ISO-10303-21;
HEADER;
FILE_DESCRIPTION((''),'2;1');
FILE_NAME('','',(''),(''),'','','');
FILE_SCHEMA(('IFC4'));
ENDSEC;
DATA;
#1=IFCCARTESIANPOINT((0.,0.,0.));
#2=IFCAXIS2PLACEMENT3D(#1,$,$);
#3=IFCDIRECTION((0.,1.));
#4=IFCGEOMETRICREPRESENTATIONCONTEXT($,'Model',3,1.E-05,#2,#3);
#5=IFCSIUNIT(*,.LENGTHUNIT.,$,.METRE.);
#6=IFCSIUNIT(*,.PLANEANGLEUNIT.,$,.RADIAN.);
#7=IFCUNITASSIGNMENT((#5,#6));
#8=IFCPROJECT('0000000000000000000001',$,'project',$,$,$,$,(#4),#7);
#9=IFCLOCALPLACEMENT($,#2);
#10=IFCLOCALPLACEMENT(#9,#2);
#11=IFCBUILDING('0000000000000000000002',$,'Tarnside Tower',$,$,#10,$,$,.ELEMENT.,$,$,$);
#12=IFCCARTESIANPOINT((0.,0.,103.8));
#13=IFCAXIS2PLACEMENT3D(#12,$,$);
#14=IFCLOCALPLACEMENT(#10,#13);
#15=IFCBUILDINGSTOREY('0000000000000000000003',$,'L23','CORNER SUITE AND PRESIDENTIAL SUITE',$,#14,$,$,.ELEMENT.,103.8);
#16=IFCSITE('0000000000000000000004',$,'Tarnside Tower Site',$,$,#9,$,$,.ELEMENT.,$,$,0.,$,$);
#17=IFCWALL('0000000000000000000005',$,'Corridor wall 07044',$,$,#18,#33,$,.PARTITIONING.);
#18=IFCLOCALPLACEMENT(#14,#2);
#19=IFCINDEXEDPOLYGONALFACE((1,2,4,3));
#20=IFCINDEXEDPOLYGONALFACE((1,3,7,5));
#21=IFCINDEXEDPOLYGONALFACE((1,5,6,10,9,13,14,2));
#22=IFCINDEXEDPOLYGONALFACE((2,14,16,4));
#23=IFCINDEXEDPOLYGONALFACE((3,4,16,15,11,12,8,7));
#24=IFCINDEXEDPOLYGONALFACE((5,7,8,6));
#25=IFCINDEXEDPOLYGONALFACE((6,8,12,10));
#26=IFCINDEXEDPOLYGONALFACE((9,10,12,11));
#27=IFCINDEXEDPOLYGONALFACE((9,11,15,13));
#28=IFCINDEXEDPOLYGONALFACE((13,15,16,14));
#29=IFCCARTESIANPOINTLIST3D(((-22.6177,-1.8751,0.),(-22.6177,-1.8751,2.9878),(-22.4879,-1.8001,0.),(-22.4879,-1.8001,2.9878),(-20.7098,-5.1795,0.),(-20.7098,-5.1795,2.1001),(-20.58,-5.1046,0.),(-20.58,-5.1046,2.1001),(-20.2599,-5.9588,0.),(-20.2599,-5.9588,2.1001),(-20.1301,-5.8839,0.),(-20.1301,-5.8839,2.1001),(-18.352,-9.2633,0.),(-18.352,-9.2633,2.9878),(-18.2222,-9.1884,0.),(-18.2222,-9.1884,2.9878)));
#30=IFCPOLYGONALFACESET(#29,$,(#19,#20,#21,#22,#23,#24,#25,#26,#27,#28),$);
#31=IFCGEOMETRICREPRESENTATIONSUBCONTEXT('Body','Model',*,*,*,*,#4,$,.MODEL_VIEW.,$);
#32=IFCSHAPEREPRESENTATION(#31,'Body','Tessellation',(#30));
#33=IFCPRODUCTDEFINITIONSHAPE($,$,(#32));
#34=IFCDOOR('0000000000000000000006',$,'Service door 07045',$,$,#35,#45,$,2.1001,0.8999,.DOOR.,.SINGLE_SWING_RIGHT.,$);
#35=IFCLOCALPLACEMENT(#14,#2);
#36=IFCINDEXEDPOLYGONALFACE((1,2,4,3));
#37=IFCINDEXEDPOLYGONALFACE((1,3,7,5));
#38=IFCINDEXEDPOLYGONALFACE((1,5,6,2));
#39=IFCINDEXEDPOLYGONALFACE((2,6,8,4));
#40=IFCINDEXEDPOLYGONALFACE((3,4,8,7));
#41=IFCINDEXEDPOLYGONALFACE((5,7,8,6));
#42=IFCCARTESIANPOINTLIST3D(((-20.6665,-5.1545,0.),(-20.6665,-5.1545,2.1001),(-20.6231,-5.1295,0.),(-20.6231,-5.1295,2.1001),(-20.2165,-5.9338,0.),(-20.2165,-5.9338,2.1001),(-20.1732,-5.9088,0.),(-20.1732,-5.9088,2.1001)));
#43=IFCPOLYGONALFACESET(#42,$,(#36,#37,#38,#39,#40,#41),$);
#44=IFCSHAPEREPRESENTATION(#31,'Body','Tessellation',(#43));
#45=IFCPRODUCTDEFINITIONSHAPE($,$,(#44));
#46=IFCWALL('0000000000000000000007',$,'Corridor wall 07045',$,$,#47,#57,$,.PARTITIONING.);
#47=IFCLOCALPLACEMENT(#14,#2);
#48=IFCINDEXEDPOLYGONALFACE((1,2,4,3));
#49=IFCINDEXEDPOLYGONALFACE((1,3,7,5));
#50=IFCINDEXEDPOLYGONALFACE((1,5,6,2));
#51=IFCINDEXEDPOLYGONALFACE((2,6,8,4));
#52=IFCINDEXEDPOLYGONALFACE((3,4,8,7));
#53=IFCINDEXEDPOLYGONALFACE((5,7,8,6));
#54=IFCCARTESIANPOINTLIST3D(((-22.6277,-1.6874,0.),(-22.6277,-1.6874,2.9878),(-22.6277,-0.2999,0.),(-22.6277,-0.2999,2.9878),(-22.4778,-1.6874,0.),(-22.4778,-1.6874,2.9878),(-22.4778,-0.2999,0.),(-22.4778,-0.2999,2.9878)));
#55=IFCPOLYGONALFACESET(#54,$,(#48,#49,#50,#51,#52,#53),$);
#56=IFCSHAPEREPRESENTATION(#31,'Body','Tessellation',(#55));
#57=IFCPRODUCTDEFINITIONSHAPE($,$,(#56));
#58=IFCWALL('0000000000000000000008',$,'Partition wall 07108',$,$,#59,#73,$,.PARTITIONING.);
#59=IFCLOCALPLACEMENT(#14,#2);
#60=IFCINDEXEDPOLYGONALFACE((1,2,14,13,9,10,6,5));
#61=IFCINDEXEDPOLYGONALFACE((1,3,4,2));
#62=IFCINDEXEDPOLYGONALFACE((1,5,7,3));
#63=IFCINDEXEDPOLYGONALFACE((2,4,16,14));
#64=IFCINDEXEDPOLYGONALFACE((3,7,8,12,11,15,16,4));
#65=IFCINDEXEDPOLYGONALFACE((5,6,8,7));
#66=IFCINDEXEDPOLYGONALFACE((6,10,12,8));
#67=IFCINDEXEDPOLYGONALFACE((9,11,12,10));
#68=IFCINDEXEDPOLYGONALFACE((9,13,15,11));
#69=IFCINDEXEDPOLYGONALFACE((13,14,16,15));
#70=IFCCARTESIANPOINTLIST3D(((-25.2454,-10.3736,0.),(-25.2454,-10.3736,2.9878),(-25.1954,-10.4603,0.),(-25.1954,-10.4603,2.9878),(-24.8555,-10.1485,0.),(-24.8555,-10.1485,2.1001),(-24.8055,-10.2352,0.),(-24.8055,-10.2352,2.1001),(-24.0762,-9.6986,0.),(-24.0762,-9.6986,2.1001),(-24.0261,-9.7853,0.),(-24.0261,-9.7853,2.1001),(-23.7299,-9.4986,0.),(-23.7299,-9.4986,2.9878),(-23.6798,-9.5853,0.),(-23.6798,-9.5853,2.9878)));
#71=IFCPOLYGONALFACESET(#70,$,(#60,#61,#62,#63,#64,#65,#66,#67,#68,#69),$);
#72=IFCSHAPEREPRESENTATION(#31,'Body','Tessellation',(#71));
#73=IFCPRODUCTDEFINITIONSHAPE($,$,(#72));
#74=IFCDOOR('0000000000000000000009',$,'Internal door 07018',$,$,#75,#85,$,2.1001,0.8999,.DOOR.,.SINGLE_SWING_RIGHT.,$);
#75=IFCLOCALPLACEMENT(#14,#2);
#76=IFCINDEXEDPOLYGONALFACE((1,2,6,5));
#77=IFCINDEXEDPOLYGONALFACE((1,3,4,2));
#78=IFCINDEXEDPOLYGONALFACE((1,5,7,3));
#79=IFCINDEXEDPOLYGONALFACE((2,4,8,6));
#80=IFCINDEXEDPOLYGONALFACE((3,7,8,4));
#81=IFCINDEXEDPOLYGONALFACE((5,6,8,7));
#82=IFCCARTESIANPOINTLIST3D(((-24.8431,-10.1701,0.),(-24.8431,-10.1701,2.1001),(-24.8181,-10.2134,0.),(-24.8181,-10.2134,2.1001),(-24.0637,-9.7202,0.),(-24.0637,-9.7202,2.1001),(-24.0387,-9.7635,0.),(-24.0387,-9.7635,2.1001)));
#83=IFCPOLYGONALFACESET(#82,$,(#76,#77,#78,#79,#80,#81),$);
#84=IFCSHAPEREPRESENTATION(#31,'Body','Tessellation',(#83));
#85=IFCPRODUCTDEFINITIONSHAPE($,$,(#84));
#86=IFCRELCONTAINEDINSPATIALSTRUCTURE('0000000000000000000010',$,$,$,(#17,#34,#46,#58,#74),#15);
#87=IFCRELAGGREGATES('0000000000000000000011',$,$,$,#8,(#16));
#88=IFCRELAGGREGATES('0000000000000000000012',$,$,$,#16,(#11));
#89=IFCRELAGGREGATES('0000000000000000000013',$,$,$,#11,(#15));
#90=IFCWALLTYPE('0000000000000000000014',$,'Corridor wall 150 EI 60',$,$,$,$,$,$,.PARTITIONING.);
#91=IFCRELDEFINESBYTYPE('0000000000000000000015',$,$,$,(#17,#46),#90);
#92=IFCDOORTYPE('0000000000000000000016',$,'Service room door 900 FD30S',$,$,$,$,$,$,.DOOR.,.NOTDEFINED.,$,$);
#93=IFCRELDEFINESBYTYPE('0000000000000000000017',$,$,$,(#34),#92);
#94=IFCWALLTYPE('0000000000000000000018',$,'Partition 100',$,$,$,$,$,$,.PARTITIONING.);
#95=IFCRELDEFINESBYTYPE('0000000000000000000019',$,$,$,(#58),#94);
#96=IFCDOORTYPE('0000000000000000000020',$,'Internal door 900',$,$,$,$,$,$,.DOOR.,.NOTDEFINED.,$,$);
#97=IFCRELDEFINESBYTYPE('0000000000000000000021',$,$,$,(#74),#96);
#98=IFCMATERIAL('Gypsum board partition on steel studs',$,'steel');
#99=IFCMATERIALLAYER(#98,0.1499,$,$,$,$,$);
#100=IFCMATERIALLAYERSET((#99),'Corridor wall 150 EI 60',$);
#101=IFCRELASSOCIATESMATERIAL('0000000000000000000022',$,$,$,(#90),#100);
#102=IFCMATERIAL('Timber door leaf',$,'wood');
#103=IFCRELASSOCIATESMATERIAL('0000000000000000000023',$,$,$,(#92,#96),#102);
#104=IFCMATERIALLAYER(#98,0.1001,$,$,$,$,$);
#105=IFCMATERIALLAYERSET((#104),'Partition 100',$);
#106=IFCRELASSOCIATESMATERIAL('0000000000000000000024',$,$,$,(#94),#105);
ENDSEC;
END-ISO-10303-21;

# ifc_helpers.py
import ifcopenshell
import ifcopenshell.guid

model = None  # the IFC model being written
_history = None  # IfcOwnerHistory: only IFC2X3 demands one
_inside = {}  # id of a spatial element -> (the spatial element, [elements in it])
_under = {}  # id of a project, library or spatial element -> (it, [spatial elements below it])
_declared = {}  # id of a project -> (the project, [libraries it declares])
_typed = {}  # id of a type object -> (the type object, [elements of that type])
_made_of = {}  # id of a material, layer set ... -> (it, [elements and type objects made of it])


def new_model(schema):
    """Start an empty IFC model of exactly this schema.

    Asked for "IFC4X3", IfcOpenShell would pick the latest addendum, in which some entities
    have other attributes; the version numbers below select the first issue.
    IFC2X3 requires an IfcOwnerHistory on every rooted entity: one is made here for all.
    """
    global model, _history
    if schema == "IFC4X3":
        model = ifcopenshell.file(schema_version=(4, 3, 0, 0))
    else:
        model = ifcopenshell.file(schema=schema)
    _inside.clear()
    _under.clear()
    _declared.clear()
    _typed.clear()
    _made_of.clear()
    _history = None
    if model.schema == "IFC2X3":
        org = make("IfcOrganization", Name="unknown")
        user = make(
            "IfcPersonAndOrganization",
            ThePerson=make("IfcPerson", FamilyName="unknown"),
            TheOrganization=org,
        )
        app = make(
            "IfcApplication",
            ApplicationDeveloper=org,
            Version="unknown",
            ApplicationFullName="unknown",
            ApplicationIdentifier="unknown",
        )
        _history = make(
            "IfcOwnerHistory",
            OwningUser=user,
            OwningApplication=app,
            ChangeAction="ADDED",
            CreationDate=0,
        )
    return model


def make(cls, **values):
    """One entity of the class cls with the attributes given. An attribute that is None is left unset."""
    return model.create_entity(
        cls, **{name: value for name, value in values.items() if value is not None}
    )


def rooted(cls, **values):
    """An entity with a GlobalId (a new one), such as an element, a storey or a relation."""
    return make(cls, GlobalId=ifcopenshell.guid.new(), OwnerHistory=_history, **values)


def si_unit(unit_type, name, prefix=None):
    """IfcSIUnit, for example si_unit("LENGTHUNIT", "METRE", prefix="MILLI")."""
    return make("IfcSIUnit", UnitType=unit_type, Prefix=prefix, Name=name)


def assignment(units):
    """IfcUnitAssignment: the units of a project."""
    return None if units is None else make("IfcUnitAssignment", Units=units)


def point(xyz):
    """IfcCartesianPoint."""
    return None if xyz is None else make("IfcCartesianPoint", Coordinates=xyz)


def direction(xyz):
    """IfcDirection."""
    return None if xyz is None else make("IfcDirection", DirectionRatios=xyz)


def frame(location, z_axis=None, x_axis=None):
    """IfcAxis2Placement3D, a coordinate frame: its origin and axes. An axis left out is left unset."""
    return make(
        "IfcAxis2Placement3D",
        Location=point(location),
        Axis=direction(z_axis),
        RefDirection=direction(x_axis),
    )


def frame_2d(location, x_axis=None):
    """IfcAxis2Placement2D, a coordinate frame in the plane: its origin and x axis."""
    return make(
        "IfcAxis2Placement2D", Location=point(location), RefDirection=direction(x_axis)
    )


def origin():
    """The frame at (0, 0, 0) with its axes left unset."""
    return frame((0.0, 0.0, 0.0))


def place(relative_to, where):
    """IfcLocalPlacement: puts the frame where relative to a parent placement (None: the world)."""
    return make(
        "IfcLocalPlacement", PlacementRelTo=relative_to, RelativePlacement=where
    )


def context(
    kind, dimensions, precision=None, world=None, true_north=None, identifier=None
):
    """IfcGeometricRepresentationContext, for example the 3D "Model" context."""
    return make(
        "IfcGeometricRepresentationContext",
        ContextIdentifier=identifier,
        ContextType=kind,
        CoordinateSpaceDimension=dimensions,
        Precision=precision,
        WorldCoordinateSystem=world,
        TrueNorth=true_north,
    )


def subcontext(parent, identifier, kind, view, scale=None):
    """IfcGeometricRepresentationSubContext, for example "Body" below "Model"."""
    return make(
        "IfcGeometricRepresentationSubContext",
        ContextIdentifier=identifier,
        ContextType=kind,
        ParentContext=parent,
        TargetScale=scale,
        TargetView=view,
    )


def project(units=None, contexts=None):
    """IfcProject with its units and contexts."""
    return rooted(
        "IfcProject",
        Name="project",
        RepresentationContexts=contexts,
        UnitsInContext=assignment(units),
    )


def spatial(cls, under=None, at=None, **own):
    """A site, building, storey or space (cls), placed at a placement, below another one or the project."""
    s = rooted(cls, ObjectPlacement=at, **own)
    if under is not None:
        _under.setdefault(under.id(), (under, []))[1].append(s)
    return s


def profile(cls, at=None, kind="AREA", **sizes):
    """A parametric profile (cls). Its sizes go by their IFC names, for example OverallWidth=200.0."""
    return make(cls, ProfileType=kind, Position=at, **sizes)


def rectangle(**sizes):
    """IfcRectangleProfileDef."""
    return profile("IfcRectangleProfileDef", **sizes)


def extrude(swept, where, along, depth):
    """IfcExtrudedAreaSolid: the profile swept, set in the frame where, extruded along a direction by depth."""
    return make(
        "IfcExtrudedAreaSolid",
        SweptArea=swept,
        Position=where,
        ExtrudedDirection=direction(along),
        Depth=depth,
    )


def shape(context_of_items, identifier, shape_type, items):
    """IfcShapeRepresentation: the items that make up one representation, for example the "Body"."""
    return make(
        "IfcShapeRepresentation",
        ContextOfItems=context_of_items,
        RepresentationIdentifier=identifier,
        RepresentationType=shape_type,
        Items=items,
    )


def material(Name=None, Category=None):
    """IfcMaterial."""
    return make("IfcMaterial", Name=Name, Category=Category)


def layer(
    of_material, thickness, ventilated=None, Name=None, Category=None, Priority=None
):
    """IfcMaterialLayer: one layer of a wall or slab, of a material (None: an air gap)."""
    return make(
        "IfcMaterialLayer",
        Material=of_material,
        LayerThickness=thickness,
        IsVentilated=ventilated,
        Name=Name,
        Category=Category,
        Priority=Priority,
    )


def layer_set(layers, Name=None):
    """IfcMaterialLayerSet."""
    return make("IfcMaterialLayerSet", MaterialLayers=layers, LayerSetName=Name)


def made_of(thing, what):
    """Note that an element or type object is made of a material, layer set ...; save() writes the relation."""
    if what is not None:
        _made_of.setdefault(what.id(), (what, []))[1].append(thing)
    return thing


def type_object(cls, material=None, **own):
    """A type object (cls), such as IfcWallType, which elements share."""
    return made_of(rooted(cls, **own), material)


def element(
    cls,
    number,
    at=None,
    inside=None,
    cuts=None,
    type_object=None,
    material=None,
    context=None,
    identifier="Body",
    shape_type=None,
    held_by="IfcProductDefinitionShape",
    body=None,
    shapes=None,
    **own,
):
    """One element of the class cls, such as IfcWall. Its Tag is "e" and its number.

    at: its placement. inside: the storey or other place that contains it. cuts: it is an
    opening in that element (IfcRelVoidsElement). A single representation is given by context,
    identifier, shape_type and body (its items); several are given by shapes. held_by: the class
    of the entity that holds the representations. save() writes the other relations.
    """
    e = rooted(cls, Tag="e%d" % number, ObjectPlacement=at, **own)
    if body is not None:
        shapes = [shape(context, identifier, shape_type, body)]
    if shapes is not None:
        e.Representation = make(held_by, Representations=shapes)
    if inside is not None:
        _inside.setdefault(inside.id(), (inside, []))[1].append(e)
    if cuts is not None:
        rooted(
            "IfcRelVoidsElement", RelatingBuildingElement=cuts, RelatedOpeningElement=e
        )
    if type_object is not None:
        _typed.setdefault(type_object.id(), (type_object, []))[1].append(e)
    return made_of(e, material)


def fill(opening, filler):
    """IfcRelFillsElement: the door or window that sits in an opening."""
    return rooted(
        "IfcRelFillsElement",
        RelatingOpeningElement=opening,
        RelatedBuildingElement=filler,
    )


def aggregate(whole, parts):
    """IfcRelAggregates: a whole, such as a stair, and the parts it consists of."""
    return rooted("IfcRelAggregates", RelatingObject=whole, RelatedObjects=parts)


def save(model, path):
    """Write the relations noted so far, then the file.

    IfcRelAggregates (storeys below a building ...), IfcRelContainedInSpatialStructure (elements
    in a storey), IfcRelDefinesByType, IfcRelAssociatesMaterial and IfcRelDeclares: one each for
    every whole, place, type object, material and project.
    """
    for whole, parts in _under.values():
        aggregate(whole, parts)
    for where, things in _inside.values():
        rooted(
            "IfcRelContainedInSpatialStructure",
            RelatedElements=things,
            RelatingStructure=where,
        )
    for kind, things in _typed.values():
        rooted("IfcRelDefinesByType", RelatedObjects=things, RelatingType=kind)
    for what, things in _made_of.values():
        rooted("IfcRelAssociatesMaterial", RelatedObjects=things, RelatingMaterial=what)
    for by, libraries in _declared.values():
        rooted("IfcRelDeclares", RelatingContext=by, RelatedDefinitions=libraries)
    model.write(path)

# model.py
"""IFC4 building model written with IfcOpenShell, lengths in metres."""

from ifc_helpers import new_model, si_unit, direction, frame, frame_2d, origin, place, context, subcontext, project, spatial, rectangle, extrude, material, layer, layer_set, type_object, element, fill, save


model = new_model("IFC4")

# Units and contexts
model_context = context("Model", 3, precision=1e-05, world=origin(), true_north=direction((0.0, 1.0)))
body_context = subcontext(model_context, "Body", "Model", "MODEL_VIEW")
ifc_project = project(units=[si_unit("LENGTHUNIT", "METRE"), si_unit("PLANEANGLEUNIT", "RADIAN")], contexts=[model_context])

# Site, building, storey
site_placement = place(None, origin())
site = spatial("IfcSite", under=ifc_project, at=site_placement, Name="Tarnside Tower Site", CompositionType="ELEMENT", RefElevation=0.0)
building_placement = place(site_placement, origin())
building = spatial("IfcBuilding", under=site, at=building_placement, Name="Tarnside Tower", CompositionType="ELEMENT")
storey_placement = place(building_placement, frame((0.0, 0.0, 103.8)))
storey = spatial("IfcBuildingStorey", under=building, at=storey_placement, Name="L23", Description="CORNER SUITE AND PRESIDENTIAL SUITE", CompositionType="ELEMENT", Elevation=103.8)

# Shared definitions
ifc_material_1 = material(Name="Gypsum board partition on steel studs", Category="steel")

# Shared definitions
ifc_material_2 = material(Name="Timber door leaf", Category="wood")

# Shared definitions
ifc_layer_1 = layer(ifc_material_1, 0.1499)
ifc_layer_set_1 = layer_set([ifc_layer_1], Name="Corridor wall 150 EI 60")
wall_type_1 = type_object("IfcWallType", Name="Corridor wall 150 EI 60", PredefinedType="PARTITIONING", material=ifc_layer_set_1)

# Wall, opening, door
wall_1_placement = place(storey_placement, frame((-18.2871, -9.2258, 0.0), z_axis=(0.0, 0.0, 1.0), x_axis=(-0.500005, 0.866023, 0.0)))
wall_1 = element("IfcWall", 1, at=wall_1_placement, inside=storey, type_object=wall_type_1, Name="Corridor wall 07044", PredefinedType="PARTITIONING", context=body_context, shape_type="SweptSolid", body=[
    extrude(rectangle(XDim=8.5312, YDim=0.1499, at=frame_2d((4.2656, 0.0))), origin(), (0.0, 0.0, 1.0), 2.9878),
])
opening_1_placement = place(wall_1_placement, frame((3.8157, 0.0, 0.0)))
opening_1 = element("IfcOpeningElement", 2, at=opening_1_placement, cuts=wall_1, PredefinedType="OPENING", context=body_context, shape_type="SweptSolid", body=[
    extrude(rectangle(XDim=0.8999, YDim=2.1001, at=frame_2d((0.45, 1.05))), frame((0.0, 0.085, 0.0), z_axis=(0.0, -1.0, 0.0), x_axis=(1.0, 0.0, 0.0)), (0.0, 0.0, 1.0), 0.1699),
])
door_type_1 = type_object("IfcDoorType", Name="Service room door 900 FD30S", OperationType="NOTDEFINED", PredefinedType="DOOR", material=ifc_material_2)
door_1_placement = place(opening_1_placement, origin())
door_1 = element("IfcDoor", 3, at=door_1_placement, inside=storey, type_object=door_type_1, Name="Service door 07045", OperationType="SINGLE_SWING_RIGHT", OverallHeight=2.1001, OverallWidth=0.8999, PredefinedType="DOOR", context=body_context, shape_type="SweptSolid", body=[
    extrude(rectangle(XDim=0.8999, YDim=2.1001, at=frame_2d((0.45, 1.05))), frame((0.0, 0.0249, 0.0), z_axis=(0.0, -1.0, 0.0), x_axis=(1.0, 0.0, 0.0)), (0.0, 0.0, 1.0), 0.05),
])
fill(opening_1, door_1)

# Wall
wall_2_placement = place(storey_placement, frame((-22.5527, -1.6875, 0.0), z_axis=(0.0, 0.0, 1.0), x_axis=(0.0, 1.0, 0.0)))
element("IfcWall", 4, at=wall_2_placement, inside=storey, type_object=wall_type_1, Name="Corridor wall 07045", PredefinedType="PARTITIONING", context=body_context, shape_type="SweptSolid", body=[
    extrude(rectangle(XDim=1.3875, YDim=0.1499, at=frame_2d((0.6938, 0.0))), origin(), (0.0, 0.0, 1.0), 2.9878),
])

# Wall, opening, door
ifc_layer_2 = layer(ifc_material_1, 0.1001)
ifc_layer_set_2 = layer_set([ifc_layer_2], Name="Partition 100")
wall_type_2 = type_object("IfcWallType", Name="Partition 100", PredefinedType="PARTITIONING", material=ifc_layer_set_2)
wall_3_placement = place(storey_placement, frame((-23.7048, -9.542, 0.0), z_axis=(0.0, 0.0, 1.0), x_axis=(-0.866037, -0.49998, 0.0)))
wall_3 = element("IfcWall", 5, at=wall_3_placement, inside=storey, type_object=wall_type_2, Name="Partition wall 07108", PredefinedType="PARTITIONING", context=body_context, shape_type="SweptSolid", body=[
    extrude(rectangle(XDim=1.75, YDim=0.1001, at=frame_2d((0.875, 0.0))), origin(), (0.0, 0.0, 1.0), 2.9878),
])
opening_2_placement = place(wall_3_placement, frame((0.3999, 0.0, 0.0)))
opening_2 = element("IfcOpeningElement", 6, at=opening_2_placement, cuts=wall_3, PredefinedType="OPENING", context=body_context, shape_type="SweptSolid", body=[
    extrude(rectangle(XDim=0.8999, YDim=2.1001, at=frame_2d((0.45, 1.05))), frame((0.0, 0.0601, 0.0), z_axis=(0.0, -1.0, 0.0), x_axis=(1.0, 0.0, 0.0)), (0.0, 0.0, 1.0), 0.1201),
])
door_type_2 = type_object("IfcDoorType", Name="Internal door 900", OperationType="NOTDEFINED", PredefinedType="DOOR", material=ifc_material_2)
door_2_placement = place(opening_2_placement, origin())
door_2 = element("IfcDoor", 7, at=door_2_placement, inside=storey, type_object=door_type_2, Name="Internal door 07018", OperationType="SINGLE_SWING_RIGHT", OverallHeight=2.1001, OverallWidth=0.8999, PredefinedType="DOOR", context=body_context, shape_type="SweptSolid", body=[
    extrude(rectangle(XDim=0.8999, YDim=2.1001, at=frame_2d((0.45, 1.05))), frame((0.0, 0.0249, 0.0), z_axis=(0.0, -1.0, 0.0), x_axis=(1.0, 0.0, 0.0)), (0.0, 0.0, 1.0), 0.05),
])
fill(opening_2, door_2)

save(model, "model.ifc")
